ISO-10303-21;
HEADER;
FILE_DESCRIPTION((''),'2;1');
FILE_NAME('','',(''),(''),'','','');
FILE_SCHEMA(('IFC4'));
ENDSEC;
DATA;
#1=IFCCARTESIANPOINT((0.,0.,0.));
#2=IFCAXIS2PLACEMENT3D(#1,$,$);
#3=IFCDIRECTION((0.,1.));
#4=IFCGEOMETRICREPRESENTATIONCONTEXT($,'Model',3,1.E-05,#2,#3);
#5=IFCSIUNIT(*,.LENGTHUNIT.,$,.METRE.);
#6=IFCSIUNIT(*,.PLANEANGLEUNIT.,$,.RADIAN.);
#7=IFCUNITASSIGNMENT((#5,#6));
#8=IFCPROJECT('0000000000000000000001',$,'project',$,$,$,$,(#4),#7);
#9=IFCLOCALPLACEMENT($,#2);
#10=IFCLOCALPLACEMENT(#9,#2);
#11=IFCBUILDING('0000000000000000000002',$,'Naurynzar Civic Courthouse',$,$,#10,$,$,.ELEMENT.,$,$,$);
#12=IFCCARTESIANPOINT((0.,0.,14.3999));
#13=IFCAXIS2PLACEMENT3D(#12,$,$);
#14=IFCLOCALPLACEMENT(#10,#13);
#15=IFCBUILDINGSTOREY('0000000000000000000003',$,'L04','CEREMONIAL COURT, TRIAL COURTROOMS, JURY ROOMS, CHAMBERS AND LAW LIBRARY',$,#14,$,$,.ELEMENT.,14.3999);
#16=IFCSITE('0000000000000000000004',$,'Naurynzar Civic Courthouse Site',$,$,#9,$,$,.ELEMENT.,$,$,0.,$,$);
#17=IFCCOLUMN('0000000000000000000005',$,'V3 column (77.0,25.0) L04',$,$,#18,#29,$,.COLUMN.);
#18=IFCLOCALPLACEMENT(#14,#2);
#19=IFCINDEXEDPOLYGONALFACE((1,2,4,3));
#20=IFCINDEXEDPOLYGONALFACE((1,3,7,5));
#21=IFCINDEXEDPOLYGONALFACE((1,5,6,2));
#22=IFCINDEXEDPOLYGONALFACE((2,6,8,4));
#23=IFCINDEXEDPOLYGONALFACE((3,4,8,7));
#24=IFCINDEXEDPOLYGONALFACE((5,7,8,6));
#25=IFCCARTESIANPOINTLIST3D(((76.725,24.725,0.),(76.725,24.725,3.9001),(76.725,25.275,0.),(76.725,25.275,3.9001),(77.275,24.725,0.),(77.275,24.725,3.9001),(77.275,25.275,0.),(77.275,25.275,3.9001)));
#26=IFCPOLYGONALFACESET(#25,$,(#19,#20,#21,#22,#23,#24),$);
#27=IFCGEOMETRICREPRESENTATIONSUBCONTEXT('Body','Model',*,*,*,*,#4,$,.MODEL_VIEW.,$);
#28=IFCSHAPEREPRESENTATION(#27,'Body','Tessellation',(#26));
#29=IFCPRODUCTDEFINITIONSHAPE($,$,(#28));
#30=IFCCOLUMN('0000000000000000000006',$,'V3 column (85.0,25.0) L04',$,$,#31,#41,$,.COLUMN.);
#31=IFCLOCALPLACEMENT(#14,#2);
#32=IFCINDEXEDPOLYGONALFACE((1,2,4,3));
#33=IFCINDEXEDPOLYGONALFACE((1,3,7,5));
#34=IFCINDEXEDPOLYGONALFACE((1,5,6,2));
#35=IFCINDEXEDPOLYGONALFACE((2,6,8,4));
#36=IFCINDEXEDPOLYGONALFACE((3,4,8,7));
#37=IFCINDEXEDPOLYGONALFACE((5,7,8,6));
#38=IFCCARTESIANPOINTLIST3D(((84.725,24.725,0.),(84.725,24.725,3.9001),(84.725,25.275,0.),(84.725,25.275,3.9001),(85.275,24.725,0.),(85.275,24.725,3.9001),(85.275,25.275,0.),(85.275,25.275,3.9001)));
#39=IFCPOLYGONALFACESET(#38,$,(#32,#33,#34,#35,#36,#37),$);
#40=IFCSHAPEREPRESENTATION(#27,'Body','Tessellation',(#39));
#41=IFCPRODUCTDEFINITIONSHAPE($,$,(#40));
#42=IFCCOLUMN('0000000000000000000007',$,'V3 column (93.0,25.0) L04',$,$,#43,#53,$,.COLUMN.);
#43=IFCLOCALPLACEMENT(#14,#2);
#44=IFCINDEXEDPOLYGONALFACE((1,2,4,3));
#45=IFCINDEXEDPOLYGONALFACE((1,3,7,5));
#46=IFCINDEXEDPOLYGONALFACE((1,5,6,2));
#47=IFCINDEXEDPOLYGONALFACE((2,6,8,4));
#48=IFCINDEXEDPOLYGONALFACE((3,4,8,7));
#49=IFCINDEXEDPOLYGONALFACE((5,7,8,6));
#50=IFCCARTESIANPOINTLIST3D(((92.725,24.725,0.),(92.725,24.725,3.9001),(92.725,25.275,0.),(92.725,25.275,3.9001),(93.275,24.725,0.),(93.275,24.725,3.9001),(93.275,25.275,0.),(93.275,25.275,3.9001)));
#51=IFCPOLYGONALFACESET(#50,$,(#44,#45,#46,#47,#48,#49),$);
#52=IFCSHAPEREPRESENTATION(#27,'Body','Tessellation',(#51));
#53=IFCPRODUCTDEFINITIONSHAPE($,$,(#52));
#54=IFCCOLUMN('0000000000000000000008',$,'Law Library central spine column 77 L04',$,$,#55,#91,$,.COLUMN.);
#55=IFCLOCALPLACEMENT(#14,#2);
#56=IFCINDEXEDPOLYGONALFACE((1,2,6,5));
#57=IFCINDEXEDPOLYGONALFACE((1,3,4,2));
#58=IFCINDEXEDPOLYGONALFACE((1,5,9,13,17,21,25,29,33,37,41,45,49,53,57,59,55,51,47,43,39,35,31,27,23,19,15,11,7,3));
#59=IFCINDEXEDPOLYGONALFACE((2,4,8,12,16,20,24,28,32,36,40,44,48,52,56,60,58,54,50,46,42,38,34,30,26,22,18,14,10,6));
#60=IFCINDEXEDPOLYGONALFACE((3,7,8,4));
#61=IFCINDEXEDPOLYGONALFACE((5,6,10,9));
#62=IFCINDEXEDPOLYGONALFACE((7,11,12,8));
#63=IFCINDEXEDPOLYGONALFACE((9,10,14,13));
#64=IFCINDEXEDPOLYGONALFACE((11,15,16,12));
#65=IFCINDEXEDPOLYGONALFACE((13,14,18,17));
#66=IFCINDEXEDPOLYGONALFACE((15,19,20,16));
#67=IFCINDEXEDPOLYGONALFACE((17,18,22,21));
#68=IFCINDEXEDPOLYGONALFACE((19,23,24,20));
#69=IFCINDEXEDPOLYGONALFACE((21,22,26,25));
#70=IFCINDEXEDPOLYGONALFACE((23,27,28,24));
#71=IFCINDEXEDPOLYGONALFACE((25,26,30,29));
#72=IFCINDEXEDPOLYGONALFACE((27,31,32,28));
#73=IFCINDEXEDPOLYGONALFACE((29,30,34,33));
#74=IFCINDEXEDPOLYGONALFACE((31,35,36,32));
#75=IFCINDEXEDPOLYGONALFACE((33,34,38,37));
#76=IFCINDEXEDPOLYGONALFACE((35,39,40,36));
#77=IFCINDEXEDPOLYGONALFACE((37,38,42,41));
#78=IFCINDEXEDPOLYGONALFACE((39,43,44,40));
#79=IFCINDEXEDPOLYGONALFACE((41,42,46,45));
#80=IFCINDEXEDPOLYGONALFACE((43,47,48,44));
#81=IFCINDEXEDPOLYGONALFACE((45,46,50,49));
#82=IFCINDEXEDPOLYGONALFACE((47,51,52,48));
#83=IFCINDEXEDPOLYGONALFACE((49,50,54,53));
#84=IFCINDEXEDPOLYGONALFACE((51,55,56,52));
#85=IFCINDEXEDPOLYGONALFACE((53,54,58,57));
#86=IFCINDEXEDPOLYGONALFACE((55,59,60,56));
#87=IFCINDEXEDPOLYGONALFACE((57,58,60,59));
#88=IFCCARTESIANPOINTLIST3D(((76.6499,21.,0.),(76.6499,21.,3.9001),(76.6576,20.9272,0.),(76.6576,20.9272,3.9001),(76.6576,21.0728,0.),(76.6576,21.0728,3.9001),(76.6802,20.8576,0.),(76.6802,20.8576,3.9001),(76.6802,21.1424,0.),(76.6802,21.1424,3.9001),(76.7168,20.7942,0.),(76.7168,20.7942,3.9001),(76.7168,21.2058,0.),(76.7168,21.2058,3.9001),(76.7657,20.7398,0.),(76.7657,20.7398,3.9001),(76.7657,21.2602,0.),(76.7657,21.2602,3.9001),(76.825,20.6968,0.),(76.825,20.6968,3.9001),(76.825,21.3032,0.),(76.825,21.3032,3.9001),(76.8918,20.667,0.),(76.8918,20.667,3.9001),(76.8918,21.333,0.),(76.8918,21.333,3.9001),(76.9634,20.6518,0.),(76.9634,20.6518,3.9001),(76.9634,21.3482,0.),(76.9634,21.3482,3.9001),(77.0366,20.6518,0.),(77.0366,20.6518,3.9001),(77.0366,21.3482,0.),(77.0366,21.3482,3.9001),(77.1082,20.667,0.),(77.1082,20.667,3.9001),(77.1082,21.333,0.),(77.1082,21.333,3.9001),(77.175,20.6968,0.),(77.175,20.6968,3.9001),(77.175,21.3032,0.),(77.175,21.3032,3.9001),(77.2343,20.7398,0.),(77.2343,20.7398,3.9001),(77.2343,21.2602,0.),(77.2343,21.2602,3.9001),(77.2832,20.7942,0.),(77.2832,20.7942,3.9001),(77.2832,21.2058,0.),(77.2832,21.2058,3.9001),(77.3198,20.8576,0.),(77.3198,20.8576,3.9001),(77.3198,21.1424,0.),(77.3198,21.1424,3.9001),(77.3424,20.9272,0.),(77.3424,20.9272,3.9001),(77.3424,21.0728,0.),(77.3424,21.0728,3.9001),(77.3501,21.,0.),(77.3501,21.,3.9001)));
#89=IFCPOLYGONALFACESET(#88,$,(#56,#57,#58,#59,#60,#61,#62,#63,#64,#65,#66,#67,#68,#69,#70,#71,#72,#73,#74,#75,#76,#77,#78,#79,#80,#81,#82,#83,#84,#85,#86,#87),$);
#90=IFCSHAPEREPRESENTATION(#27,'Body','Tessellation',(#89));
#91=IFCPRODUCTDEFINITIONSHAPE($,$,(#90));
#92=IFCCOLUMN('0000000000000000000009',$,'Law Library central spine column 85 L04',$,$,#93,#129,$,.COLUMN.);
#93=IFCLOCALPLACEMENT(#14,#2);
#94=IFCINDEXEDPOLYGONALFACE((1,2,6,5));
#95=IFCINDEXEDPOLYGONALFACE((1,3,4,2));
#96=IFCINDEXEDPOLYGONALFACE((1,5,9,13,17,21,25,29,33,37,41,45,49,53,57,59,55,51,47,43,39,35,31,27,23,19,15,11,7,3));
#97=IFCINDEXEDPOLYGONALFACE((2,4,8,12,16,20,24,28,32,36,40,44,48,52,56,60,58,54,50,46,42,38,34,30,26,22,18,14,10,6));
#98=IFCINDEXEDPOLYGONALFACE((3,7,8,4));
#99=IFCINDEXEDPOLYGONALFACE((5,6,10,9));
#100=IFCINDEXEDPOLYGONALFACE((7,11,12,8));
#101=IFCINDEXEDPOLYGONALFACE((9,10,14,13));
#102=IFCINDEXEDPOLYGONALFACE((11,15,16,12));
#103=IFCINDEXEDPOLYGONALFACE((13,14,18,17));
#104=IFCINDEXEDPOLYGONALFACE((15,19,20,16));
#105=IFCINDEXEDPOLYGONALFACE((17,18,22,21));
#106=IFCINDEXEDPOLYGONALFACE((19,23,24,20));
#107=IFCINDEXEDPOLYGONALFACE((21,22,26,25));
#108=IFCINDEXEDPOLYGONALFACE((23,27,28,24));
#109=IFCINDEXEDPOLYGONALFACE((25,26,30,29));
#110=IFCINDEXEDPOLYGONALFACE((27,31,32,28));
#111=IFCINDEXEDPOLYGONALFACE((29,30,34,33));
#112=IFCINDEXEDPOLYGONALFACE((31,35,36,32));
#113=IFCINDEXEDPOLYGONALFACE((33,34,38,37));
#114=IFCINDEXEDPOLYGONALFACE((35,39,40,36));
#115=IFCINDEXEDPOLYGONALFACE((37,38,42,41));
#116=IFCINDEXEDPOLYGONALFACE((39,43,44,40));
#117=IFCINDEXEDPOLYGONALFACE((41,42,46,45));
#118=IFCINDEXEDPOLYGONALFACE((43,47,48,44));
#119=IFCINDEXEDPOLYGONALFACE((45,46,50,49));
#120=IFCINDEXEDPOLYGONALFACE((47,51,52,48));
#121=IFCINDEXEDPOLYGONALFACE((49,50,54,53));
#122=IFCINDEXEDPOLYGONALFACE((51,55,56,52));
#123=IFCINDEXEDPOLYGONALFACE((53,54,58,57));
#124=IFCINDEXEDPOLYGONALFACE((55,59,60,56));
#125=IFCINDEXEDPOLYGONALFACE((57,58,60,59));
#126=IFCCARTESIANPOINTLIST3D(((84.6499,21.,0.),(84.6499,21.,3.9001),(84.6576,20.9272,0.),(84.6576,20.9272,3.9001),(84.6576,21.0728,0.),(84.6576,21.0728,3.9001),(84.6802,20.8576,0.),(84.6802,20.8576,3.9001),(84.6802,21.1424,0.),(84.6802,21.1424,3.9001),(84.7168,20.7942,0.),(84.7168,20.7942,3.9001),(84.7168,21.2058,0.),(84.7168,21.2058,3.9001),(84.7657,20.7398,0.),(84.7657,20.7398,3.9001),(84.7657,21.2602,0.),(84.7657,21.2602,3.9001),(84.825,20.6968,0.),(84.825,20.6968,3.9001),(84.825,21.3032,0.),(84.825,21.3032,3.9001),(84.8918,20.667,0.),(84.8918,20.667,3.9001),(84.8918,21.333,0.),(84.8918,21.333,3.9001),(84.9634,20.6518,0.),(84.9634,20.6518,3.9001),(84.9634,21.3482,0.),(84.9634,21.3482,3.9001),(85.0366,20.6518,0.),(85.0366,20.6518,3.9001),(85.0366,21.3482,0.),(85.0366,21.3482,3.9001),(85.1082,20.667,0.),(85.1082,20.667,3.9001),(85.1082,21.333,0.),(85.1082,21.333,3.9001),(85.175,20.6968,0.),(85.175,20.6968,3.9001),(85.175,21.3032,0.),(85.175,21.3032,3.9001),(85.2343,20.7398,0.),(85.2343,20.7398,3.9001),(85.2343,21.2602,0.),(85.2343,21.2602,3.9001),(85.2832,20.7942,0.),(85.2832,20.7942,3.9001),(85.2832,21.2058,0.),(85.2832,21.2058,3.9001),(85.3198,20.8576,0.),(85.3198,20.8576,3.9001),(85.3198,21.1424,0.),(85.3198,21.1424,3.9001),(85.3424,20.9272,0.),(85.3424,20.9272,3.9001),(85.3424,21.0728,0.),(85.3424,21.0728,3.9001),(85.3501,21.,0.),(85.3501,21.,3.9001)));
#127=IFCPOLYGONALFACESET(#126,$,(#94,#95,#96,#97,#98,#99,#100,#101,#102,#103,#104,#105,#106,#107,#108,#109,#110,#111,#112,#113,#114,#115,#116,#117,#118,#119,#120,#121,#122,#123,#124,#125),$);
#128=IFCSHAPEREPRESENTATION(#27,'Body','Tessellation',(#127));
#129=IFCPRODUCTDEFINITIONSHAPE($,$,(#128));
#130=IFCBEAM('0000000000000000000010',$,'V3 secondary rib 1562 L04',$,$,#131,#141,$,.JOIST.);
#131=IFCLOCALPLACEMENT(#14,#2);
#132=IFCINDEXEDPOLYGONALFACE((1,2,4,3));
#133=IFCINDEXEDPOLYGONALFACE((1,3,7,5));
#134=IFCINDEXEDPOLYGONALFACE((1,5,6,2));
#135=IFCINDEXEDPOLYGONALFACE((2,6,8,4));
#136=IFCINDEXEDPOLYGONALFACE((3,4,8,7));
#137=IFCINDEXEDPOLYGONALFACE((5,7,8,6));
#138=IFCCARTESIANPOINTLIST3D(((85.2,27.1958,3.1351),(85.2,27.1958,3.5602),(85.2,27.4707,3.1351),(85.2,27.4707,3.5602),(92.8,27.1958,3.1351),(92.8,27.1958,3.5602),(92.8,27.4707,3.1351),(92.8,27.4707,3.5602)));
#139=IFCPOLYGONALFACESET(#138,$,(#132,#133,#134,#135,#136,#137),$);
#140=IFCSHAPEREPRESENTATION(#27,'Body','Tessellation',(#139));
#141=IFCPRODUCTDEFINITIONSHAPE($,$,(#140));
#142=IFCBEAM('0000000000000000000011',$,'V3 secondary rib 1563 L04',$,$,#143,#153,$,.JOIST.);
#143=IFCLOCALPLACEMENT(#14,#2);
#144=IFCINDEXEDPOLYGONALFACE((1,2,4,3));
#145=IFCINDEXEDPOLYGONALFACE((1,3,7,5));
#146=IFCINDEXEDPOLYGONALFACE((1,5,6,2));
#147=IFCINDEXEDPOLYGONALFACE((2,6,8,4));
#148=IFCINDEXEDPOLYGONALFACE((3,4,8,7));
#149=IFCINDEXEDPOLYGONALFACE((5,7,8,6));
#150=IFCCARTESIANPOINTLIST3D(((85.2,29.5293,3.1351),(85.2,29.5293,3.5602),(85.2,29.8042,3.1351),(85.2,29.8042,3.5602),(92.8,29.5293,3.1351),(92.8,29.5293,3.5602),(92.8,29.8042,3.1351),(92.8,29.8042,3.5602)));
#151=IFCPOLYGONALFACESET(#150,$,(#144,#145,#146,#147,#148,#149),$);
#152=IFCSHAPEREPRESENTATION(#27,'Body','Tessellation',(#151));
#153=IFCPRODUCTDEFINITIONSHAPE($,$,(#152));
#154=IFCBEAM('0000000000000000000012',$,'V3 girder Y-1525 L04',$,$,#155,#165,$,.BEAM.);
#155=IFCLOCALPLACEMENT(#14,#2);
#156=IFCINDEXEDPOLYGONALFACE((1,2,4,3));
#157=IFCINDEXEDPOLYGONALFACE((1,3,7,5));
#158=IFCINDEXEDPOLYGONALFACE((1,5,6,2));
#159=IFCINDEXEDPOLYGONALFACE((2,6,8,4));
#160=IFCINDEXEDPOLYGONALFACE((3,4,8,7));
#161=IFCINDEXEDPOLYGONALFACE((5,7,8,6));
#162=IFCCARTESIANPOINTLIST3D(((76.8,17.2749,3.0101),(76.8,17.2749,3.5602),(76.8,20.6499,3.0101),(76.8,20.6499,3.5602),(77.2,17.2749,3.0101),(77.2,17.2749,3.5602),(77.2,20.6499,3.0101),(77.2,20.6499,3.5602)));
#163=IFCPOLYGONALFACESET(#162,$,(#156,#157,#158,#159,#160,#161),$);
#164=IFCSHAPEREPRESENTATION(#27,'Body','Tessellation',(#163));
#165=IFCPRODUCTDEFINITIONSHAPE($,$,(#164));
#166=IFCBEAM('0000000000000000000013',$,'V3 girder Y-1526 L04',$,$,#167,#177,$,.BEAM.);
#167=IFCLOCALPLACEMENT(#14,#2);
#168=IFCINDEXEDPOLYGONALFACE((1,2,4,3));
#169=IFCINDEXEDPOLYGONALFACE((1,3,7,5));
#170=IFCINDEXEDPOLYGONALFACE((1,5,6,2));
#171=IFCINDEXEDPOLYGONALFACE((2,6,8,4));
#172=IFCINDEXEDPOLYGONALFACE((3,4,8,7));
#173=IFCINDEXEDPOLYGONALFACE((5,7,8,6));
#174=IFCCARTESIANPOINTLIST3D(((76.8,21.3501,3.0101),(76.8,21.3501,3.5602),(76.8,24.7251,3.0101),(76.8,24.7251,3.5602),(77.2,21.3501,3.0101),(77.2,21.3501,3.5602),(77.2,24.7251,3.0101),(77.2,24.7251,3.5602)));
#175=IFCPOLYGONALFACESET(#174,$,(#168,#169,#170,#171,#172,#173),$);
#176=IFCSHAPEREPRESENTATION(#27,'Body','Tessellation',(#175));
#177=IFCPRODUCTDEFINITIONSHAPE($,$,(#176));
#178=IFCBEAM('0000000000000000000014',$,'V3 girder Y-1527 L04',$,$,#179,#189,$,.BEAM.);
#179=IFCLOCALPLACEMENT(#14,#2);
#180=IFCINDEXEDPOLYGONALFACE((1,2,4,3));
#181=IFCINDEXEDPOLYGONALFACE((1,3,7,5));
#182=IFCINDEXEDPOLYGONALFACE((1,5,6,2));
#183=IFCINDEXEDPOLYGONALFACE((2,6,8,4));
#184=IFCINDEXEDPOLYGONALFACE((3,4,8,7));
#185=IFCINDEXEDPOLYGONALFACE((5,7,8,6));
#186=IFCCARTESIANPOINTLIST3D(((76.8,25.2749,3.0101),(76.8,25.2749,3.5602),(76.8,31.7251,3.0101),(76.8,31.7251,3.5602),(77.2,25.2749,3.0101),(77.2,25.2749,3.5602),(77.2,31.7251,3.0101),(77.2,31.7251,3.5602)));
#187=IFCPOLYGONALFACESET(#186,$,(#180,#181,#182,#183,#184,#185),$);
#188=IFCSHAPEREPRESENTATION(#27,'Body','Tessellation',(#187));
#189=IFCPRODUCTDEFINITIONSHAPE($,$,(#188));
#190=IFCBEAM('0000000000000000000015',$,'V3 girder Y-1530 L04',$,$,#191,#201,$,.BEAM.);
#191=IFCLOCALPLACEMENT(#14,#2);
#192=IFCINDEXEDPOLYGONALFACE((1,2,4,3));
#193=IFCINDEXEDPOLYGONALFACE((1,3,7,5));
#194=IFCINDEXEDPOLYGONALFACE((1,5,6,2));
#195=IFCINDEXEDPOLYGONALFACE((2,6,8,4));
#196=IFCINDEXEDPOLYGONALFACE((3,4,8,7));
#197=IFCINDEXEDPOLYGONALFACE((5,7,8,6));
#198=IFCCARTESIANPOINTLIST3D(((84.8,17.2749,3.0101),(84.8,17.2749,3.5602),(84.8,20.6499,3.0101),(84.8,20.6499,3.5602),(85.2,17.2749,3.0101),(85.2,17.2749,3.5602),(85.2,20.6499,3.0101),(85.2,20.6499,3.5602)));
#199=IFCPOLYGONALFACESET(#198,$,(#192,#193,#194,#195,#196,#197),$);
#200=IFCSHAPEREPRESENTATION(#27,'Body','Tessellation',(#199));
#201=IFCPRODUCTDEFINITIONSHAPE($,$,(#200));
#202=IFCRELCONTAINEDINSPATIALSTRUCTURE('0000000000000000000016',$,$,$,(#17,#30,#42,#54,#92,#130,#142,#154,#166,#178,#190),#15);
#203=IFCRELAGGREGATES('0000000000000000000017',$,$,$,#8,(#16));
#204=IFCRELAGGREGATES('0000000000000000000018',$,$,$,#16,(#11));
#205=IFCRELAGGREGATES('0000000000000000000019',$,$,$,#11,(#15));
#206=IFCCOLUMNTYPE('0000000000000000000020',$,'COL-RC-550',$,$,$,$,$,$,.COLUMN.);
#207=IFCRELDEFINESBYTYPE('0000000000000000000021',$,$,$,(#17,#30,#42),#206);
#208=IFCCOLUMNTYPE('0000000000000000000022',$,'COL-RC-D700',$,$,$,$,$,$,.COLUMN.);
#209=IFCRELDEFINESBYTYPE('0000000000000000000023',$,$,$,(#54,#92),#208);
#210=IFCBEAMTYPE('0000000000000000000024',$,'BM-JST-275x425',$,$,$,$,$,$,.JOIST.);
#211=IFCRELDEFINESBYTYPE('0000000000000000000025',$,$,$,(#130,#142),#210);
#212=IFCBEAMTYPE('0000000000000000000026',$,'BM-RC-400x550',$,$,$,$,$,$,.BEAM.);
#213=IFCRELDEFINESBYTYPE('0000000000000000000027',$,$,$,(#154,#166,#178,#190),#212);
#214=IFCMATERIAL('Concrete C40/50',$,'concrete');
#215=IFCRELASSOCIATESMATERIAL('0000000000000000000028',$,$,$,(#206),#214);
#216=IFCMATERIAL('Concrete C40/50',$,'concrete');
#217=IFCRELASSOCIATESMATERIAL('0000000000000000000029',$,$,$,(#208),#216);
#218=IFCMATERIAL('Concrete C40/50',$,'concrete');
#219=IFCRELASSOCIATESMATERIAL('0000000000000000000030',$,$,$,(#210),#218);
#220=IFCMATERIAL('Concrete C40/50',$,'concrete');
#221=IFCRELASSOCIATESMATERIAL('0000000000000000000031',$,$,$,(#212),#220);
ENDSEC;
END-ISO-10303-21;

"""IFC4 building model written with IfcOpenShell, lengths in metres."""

from ifc_helpers import new_model, si_unit, direction, frame, origin, origin_2d, place, context, subcontext, project, spatial, rectangle, circle, extrude, material, material_profile, profile_set, type_object, element, save


model = new_model("IFC4")

# Units and contexts
model_context = context("Model", 3, precision=1e-05, world=origin(), true_north=direction((0.0, 1.0)))
body_context = subcontext(model_context, "Body", "Model", "MODEL_VIEW")
ifc_project = project(units=[si_unit("LENGTHUNIT", "METRE"), si_unit("PLANEANGLEUNIT", "RADIAN")], contexts=[model_context])

# Site, building, storey
site_placement = place(None, origin())
site = spatial("IfcSite", under=ifc_project, at=site_placement, Name="Naurynzar Civic Courthouse Site", CompositionType="ELEMENT", RefElevation=0.0)
building_placement = place(site_placement, origin())
building = spatial("IfcBuilding", under=site, at=building_placement, Name="Naurynzar Civic Courthouse", CompositionType="ELEMENT")
storey_placement = place(building_placement, frame((0.0, 0.0, 14.3999)))
storey = spatial("IfcBuildingStorey", under=building, at=storey_placement, Name="L04", Description="CEREMONIAL COURT, TRIAL COURTROOMS, JURY ROOMS, CHAMBERS AND LAW LIBRARY", CompositionType="ELEMENT", Elevation=14.3999)

# Columns
ifc_material_1 = material(Name="Concrete C40/50", Category="concrete")
ifc_material_profile_1 = material_profile(ifc_material_1, rectangle(XDim=0.55, YDim=0.55, at=origin_2d()), Name="RC 550x550")
ifc_profile_set_1 = profile_set([ifc_material_profile_1], Name="Concrete C40/50")
column_type_1 = type_object("IfcColumnType", Name="COL-RC-550", PredefinedType="COLUMN", material=ifc_profile_set_1)
for number, where, z_axis, x_axis, name in (
    (1, (77.0, 25.0, 0.0), (0.0, 0.0, 1.0), (1.0, 0.0, 0.0), "V3 column (77.0,25.0) L04"),
    (2, (85.0, 25.0, 0.0), (0.0, 0.0, 1.0), (1.0, 0.0, 0.0), "V3 column (85.0,25.0) L04"),
    (3, (93.0, 25.0, 0.0), (0.0, 0.0, 1.0), (1.0, 0.0, 0.0), "V3 column (93.0,25.0) L04"),
):
    element("IfcColumn", number, at=place(storey_placement, frame(where, z_axis=z_axis, x_axis=x_axis)), inside=storey, type_object=column_type_1, Name=name, PredefinedType="COLUMN", context=body_context, shape_type="SweptSolid", body=[
        extrude(rectangle(XDim=0.55, YDim=0.55, at=origin_2d()), origin(), (0.0, 0.0, 1.0), 3.9001),
    ])
ifc_material_2 = material(Name="Concrete C40/50", Category="concrete")
ifc_material_profile_2 = material_profile(ifc_material_2, circle(Radius=0.3501, at=origin_2d()), Name="RC D700")
ifc_profile_set_2 = profile_set([ifc_material_profile_2], Name="Concrete C40/50")
column_type_2 = type_object("IfcColumnType", Name="COL-RC-D700", PredefinedType="COLUMN", material=ifc_profile_set_2)
for number, where, z_axis, x_axis, name in (
    (4, (77.0, 21.0, 0.0), (0.0, 0.0, 1.0), (1.0, 0.0, 0.0), "Law Library central spine column 77 L04"),
    (5, (85.0, 21.0, 0.0), (0.0, 0.0, 1.0), (1.0, 0.0, 0.0), "Law Library central spine column 85 L04"),
):
    element("IfcColumn", number, at=place(storey_placement, frame(where, z_axis=z_axis, x_axis=x_axis)), inside=storey, type_object=column_type_2, Name=name, PredefinedType="COLUMN", context=body_context, shape_type="SweptSolid", body=[
        extrude(circle(Radius=0.3501, at=origin_2d()), origin(), (0.0, 0.0, 1.0), 3.9001),
    ])

# Beams
ifc_material_3 = material(Name="Concrete C40/50", Category="concrete")
ifc_material_profile_3 = material_profile(ifc_material_3, rectangle(XDim=0.2749, YDim=0.425, at=origin_2d()), Name="RCB 275x425")
ifc_profile_set_3 = profile_set([ifc_material_profile_3], Name="Concrete C40/50")
beam_type_1 = type_object("IfcBeamType", Name="BM-JST-275x425", PredefinedType="JOIST", material=ifc_profile_set_3)
for number, where, z_axis, x_axis, name in (
    (6, (85.2, 27.3333, 3.3477), (1.0, 0.0, 0.0), (0.0, 1.0, 0.0), "V3 secondary rib 1562 L04"),
    (7, (85.2, 29.6667, 3.3477), (1.0, 0.0, 0.0), (0.0, 1.0, 0.0), "V3 secondary rib 1563 L04"),
):
    element("IfcBeam", number, at=place(storey_placement, frame(where, z_axis=z_axis, x_axis=x_axis)), inside=storey, type_object=beam_type_1, Name=name, PredefinedType="JOIST", context=body_context, shape_type="SweptSolid", body=[
        extrude(rectangle(XDim=0.2749, YDim=0.425, at=origin_2d()), origin(), (0.0, 0.0, 1.0), 7.6001),
    ])
ifc_material_4 = material(Name="Concrete C40/50", Category="concrete")
ifc_material_profile_4 = material_profile(ifc_material_4, rectangle(XDim=0.3999, YDim=0.55, at=origin_2d()), Name="RCB 400x550")
ifc_profile_set_4 = profile_set([ifc_material_profile_4], Name="Concrete C40/50")
beam_type_2 = type_object("IfcBeamType", Name="BM-RC-400x550", PredefinedType="BEAM", material=ifc_profile_set_4)
for number, where, z_axis, x_axis, name in (
    (8, (77.0, 17.2749, 3.2852), (0.0, 1.0, 0.0), (-1.0, 0.0, 0.0), "V3 girder Y-1525 L04"),
    (9, (77.0, 21.3501, 3.2852), (0.0, 1.0, 0.0), (-1.0, 0.0, 0.0), "V3 girder Y-1526 L04"),
):
    element("IfcBeam", number, at=place(storey_placement, frame(where, z_axis=z_axis, x_axis=x_axis)), inside=storey, type_object=beam_type_2, Name=name, PredefinedType="BEAM", context=body_context, shape_type="SweptSolid", body=[
        extrude(rectangle(XDim=0.3999, YDim=0.55, at=origin_2d()), origin(), (0.0, 0.0, 1.0), 3.375),
    ])
beam_1_placement = place(storey_placement, frame((77.0, 25.2749, 3.2852), z_axis=(0.0, 1.0, 0.0), x_axis=(-1.0, 0.0, 0.0)))
element("IfcBeam", 10, at=beam_1_placement, inside=storey, type_object=beam_type_2, Name="V3 girder Y-1527 L04", PredefinedType="BEAM", context=body_context, shape_type="SweptSolid", body=[
    extrude(rectangle(XDim=0.3999, YDim=0.55, at=origin_2d()), origin(), (0.0, 0.0, 1.0), 6.4502),
])
for number, where, z_axis, x_axis, name in (
    (11, (85.0, 17.2749, 3.2852), (0.0, 1.0, 0.0), (-1.0, 0.0, 0.0), "V3 girder Y-1530 L04"),
):
    element("IfcBeam", number, at=place(storey_placement, frame(where, z_axis=z_axis, x_axis=x_axis)), inside=storey, type_object=beam_type_2, Name=name, PredefinedType="BEAM", context=body_context, shape_type="SweptSolid", body=[
        extrude(rectangle(XDim=0.3999, YDim=0.55, at=origin_2d()), origin(), (0.0, 0.0, 1.0), 3.375),
    ])

save(model, "model.ifc")
